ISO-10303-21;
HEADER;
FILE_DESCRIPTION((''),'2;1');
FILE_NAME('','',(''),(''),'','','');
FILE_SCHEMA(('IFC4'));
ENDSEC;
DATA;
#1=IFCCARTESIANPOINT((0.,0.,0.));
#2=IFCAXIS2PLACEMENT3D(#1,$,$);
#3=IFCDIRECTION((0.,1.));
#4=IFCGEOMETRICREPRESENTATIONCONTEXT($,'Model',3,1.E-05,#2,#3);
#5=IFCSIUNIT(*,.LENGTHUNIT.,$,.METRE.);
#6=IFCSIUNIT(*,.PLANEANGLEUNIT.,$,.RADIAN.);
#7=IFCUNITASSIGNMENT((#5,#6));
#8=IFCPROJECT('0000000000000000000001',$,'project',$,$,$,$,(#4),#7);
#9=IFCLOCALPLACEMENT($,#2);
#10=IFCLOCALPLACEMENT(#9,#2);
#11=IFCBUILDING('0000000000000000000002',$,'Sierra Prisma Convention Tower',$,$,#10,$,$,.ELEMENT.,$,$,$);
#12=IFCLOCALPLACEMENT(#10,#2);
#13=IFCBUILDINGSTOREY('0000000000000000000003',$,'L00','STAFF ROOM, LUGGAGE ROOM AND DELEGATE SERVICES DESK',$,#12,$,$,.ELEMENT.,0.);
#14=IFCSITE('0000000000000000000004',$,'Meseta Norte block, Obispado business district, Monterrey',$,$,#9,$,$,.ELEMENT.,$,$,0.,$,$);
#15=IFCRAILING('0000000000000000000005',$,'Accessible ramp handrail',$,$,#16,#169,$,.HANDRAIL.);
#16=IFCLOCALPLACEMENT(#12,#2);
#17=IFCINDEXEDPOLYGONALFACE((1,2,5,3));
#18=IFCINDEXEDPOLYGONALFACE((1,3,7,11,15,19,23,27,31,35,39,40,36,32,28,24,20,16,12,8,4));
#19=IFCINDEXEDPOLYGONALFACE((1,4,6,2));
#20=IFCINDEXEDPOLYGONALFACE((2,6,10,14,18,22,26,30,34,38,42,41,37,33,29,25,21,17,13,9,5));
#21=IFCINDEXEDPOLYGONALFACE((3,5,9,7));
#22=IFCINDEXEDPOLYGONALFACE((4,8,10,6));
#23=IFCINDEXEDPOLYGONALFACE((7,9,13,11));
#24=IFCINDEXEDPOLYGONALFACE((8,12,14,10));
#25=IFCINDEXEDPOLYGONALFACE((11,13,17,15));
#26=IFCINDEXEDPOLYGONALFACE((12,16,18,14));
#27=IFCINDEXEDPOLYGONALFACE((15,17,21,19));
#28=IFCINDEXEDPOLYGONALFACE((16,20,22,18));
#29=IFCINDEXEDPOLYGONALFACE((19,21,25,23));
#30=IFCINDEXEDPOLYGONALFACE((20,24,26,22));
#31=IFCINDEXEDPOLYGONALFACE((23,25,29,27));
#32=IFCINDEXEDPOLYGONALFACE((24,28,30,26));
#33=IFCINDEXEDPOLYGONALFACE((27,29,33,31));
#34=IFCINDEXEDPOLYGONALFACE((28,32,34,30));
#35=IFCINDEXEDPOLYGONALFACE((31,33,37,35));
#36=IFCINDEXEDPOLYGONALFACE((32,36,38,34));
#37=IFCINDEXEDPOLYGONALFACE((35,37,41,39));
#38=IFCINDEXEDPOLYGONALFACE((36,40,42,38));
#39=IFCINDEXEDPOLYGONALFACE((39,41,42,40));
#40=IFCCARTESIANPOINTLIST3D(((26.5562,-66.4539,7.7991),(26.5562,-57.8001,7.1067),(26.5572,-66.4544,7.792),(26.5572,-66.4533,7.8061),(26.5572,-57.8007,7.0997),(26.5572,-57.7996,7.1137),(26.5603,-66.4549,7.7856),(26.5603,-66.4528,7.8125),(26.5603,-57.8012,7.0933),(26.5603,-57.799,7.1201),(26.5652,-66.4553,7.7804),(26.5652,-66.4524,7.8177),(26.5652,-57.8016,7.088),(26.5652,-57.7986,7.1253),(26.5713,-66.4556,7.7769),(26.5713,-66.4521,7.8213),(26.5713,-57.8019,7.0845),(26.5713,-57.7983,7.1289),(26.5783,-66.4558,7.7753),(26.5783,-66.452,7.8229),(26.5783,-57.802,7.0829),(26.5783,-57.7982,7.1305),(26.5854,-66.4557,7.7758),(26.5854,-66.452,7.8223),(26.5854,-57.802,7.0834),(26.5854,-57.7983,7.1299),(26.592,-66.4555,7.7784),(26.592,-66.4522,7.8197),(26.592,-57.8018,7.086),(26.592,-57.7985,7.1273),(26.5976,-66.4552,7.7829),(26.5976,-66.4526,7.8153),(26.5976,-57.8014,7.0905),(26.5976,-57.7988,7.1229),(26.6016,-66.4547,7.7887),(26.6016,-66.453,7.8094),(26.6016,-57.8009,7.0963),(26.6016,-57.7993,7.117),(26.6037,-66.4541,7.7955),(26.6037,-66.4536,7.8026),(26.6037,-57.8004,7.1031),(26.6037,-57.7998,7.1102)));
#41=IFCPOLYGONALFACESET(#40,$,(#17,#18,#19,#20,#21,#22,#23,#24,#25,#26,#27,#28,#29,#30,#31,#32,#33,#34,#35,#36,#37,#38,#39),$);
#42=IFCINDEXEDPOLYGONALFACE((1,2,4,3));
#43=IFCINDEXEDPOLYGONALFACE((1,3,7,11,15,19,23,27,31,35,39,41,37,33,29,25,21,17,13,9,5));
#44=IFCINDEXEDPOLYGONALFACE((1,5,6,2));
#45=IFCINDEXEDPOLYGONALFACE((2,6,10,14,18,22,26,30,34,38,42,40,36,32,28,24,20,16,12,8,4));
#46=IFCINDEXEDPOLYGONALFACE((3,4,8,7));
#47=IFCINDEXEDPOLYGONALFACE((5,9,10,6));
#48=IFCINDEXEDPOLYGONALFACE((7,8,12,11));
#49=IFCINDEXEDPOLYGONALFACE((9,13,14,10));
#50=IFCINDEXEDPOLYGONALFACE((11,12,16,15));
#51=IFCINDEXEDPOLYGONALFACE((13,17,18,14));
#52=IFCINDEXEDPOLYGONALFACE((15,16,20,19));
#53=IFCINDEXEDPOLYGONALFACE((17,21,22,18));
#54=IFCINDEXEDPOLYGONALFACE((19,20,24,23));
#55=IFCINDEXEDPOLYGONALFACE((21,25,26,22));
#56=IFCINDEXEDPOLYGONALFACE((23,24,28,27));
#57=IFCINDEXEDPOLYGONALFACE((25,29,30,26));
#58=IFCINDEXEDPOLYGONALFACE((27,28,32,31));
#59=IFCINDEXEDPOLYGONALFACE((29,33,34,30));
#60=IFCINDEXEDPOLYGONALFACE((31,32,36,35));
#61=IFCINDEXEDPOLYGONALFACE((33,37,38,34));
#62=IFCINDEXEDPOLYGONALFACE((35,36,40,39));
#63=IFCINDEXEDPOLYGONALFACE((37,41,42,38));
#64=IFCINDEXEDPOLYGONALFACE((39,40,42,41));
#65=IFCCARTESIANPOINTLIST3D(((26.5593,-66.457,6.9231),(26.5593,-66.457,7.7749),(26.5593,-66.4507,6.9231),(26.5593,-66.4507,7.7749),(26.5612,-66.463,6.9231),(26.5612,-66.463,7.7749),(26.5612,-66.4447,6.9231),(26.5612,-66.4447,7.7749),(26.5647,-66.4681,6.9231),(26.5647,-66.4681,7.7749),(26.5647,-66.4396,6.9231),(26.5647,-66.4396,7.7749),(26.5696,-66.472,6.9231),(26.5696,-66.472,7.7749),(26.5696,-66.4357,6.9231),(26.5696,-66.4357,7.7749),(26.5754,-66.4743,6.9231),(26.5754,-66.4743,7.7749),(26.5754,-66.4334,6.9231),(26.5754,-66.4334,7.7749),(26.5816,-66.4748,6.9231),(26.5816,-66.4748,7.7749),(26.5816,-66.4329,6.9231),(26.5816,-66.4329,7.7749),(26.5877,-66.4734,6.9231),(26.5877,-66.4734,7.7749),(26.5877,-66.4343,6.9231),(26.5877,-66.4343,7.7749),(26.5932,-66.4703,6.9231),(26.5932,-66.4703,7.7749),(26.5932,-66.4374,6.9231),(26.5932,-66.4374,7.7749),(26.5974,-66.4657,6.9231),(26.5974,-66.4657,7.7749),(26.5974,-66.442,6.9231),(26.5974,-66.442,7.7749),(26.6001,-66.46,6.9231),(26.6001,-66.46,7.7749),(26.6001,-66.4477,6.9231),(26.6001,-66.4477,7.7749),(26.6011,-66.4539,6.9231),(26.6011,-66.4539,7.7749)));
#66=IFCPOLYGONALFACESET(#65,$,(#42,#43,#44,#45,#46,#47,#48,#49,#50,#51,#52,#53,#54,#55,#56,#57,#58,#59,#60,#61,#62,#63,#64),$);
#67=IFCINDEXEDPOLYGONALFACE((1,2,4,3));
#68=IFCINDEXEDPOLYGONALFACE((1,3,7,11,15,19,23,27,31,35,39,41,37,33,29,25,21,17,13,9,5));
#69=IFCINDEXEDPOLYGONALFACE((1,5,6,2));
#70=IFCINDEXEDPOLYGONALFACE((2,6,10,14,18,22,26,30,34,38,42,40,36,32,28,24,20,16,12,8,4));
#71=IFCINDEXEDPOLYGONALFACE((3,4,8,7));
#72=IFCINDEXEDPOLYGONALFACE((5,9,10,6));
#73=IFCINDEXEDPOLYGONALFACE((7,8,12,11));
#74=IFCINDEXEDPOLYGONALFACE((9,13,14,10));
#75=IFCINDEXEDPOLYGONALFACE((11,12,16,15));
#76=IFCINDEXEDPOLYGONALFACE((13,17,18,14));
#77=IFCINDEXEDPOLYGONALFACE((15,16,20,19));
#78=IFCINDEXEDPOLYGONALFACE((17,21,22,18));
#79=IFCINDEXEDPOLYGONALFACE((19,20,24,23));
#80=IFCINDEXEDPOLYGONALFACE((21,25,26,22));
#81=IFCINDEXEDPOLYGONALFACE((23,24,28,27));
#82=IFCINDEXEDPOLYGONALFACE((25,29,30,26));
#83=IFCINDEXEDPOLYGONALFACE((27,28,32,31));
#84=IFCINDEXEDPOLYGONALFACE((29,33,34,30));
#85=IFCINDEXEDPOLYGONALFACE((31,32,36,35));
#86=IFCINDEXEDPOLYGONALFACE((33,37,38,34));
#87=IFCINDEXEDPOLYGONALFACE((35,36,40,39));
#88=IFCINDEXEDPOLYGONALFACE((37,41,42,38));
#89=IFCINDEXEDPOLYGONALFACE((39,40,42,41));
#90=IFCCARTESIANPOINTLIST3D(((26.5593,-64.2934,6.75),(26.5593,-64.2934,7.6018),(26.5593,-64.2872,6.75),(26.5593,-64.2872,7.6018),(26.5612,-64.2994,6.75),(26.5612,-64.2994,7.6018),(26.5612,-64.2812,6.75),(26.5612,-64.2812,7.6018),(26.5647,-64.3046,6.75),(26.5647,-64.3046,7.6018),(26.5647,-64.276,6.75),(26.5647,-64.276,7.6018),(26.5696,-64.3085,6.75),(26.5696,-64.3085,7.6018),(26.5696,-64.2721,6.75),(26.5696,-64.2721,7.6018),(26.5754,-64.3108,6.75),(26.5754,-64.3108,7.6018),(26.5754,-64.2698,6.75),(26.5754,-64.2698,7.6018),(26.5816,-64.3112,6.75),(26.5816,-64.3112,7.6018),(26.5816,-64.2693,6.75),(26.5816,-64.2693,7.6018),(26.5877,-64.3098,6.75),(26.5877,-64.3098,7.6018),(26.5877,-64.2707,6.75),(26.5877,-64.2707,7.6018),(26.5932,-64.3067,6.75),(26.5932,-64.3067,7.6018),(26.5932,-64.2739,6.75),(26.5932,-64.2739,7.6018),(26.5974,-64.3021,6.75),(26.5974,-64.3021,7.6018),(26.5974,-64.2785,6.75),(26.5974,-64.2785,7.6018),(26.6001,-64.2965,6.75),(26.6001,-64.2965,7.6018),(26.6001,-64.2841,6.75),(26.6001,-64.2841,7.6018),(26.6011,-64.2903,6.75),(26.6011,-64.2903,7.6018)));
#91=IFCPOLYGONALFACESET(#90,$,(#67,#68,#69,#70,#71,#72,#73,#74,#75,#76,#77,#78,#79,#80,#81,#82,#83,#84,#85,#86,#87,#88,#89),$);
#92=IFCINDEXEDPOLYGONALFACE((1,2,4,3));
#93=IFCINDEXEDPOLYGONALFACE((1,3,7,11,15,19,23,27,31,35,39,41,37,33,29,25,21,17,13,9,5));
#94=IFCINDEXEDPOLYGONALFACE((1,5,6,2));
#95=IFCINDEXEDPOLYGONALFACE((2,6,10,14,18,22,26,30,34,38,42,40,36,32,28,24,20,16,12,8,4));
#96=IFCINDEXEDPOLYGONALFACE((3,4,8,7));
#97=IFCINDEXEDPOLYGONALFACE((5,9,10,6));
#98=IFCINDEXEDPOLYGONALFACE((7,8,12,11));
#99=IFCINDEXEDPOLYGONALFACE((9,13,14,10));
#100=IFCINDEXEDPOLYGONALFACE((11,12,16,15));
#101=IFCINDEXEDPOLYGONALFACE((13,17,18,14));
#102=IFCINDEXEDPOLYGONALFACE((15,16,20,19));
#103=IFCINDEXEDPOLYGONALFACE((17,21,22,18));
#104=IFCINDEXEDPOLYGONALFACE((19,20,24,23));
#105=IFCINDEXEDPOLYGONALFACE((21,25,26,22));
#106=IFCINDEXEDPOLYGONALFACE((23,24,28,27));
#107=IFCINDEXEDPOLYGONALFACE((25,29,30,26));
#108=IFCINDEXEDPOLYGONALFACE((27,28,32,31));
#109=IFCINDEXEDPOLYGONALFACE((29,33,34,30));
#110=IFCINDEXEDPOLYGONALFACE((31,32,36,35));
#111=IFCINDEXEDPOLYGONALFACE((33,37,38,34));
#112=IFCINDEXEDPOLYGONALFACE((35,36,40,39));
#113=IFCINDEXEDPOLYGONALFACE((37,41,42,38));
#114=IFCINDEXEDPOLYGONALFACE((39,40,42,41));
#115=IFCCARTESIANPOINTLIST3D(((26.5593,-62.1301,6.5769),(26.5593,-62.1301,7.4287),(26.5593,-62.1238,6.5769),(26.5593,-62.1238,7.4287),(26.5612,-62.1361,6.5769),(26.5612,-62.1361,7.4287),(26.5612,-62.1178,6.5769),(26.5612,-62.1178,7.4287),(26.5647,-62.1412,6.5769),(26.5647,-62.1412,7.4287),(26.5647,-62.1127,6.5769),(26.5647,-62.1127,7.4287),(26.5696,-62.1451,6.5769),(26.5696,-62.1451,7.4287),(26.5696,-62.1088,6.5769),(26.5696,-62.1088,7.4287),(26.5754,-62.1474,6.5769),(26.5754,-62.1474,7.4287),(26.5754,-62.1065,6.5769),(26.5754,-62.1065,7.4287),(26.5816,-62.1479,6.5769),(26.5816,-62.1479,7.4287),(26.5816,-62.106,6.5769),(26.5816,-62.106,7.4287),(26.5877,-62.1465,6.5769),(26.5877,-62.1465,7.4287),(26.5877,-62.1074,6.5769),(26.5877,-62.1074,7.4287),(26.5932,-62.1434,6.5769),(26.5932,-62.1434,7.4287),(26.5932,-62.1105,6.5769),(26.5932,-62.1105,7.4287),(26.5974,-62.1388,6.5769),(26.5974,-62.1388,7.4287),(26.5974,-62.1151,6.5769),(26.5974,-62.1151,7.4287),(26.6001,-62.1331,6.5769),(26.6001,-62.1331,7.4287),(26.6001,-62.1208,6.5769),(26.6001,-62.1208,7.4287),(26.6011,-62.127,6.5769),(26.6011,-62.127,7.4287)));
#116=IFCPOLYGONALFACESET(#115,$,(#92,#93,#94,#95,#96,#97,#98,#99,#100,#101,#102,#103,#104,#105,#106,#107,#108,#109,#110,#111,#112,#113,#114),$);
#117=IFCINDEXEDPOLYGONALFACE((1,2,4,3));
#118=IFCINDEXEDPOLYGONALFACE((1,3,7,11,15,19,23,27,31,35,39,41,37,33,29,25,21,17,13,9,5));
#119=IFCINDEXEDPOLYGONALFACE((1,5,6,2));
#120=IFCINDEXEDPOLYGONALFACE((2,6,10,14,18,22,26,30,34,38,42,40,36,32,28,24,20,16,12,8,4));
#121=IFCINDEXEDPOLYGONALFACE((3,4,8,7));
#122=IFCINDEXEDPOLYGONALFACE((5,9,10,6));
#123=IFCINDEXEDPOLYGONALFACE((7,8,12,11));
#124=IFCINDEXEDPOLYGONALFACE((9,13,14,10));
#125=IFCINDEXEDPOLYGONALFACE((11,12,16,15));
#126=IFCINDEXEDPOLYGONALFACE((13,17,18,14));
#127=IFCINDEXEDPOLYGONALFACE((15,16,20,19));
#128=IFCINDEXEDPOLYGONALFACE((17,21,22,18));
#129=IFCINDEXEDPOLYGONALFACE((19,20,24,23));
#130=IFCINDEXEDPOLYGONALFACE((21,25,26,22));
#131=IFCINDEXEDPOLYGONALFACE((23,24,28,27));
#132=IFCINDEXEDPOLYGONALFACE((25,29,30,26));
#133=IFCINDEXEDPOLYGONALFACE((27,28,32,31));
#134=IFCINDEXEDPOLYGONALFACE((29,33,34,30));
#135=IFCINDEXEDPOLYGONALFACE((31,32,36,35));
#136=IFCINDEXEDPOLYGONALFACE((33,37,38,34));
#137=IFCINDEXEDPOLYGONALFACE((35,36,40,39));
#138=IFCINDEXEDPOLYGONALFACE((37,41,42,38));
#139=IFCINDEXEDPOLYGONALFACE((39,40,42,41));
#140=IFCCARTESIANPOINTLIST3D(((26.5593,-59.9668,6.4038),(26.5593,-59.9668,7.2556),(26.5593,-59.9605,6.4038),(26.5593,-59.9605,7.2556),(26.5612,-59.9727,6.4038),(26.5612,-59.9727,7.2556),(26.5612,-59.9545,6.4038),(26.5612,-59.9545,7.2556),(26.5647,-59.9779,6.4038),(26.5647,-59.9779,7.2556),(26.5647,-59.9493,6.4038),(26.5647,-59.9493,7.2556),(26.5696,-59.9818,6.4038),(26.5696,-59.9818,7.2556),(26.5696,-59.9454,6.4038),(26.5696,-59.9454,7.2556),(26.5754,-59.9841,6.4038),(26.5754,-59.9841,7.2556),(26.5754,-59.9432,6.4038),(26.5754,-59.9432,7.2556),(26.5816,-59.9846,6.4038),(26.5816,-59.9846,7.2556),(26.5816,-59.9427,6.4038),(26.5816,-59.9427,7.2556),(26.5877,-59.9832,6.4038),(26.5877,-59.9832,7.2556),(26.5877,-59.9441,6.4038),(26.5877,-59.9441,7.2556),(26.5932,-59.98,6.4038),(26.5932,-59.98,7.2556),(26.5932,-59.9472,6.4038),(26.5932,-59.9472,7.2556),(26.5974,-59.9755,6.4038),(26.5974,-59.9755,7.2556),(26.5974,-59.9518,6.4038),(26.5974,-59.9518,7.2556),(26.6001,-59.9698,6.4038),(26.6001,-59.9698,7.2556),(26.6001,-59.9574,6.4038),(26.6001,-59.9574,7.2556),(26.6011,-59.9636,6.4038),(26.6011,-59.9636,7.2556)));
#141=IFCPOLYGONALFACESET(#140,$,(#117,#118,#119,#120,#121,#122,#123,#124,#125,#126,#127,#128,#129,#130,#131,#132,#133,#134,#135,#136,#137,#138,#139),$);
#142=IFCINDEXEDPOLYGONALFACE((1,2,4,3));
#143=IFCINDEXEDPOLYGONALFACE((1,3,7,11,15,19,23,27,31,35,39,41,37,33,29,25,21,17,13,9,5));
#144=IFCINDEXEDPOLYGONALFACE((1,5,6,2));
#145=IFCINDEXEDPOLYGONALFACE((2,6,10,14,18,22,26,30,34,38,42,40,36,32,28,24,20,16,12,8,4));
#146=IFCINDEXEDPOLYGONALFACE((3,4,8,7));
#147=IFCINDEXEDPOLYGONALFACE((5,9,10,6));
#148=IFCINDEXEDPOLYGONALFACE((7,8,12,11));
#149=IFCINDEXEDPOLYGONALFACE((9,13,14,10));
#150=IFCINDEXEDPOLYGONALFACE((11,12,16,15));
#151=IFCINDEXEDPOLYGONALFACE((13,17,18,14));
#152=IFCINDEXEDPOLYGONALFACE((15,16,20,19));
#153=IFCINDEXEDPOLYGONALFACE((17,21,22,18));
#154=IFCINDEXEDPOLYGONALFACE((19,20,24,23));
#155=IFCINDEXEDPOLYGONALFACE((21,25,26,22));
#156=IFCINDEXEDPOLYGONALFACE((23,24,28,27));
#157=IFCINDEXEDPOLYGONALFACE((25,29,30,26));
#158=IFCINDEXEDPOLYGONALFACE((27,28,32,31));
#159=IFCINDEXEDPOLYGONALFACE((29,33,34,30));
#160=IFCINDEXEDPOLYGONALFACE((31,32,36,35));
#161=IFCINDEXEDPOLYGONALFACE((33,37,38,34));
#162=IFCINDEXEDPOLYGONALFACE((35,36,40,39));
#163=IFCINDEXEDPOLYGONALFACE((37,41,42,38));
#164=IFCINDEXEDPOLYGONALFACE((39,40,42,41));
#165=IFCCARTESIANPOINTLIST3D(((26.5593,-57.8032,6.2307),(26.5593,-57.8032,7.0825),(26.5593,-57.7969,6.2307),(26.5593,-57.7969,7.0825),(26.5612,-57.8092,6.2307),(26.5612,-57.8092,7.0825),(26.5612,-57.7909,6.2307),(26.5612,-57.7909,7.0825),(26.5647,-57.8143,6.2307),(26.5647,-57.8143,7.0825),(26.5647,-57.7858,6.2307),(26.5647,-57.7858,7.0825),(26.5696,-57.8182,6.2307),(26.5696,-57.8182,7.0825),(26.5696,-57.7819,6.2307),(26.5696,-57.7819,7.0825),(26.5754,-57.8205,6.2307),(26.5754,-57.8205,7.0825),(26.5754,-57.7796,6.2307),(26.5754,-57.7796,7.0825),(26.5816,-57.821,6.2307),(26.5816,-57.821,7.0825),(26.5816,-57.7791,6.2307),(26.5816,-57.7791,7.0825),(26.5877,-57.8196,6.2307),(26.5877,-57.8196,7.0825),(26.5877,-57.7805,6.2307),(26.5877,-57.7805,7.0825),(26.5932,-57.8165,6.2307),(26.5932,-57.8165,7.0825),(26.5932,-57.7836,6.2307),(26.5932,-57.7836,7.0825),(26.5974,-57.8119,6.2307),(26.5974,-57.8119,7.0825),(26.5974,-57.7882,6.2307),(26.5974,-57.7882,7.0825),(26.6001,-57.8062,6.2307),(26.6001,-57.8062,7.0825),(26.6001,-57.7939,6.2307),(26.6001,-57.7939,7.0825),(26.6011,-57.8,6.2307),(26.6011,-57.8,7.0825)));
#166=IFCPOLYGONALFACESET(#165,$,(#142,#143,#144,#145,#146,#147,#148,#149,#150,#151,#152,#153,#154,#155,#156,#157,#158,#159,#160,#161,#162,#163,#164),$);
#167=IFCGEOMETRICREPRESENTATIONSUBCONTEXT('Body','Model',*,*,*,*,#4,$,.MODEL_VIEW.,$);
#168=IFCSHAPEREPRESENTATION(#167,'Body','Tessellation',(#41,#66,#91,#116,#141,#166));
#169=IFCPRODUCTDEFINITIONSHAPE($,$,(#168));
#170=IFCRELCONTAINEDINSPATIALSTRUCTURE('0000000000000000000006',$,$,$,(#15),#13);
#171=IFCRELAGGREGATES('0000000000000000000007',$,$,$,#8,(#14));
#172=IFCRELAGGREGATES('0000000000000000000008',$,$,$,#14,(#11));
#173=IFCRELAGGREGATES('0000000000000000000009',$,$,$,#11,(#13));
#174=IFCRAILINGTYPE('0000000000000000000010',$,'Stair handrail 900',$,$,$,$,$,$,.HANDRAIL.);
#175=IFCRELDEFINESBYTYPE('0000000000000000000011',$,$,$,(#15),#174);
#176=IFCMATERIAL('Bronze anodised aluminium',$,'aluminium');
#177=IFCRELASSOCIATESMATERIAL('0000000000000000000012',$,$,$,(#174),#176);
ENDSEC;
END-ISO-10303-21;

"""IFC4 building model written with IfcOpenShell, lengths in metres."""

from ifc_helpers import new_model, si_unit, direction, frame, origin, origin_2d, place, context, subcontext, project, spatial, circle, extrude, material, type_object, element, save


model = new_model("IFC4")

# Units and contexts
model_context = context("Model", 3, precision=1e-05, world=origin(), true_north=direction((0.0, 1.0)))
body_context = subcontext(model_context, "Body", "Model", "MODEL_VIEW")
ifc_project = project(units=[si_unit("LENGTHUNIT", "METRE"), si_unit("PLANEANGLEUNIT", "RADIAN")], contexts=[model_context])

# Site, building, storey
site_placement = place(None, origin())
site = spatial("IfcSite", under=ifc_project, at=site_placement, Name="Meseta Norte block, Obispado business district, Monterrey", CompositionType="ELEMENT", RefElevation=0.0)
building_placement = place(site_placement, origin())
building = spatial("IfcBuilding", under=site, at=building_placement, Name="Sierra Prisma Convention Tower", CompositionType="ELEMENT")
storey_placement = place(building_placement, origin())
storey = spatial("IfcBuildingStorey", under=building, at=storey_placement, Name="L00", Description="STAFF ROOM, LUGGAGE ROOM AND DELEGATE SERVICES DESK", CompositionType="ELEMENT", Elevation=0.0)

# Railing
ifc_material_1 = material(Name="Bronze anodised aluminium", Category="aluminium")
railing_type_1 = type_object("IfcRailingType", Name="Stair handrail 900", PredefinedType="HANDRAIL", material=ifc_material_1)
railing_placement = place(storey_placement, frame((26.5801, -66.4539, 6.9231)))
element("IfcRailing", 1, at=railing_placement, inside=storey, type_object=railing_type_1, Name="Accessible ramp handrail", PredefinedType="HANDRAIL", context=body_context, shape_type="SweptSolid", body=[
    extrude(circle(Radius=0.0239, at=origin_2d()), frame((0.0, 0.0, 0.876), z_axis=(0.0, 0.996815, -0.079754), x_axis=(-1.0, 0.0, 0.0)), (0.0, 0.0, 1.0), 8.6814),
    extrude(circle(Radius=0.021, at=origin_2d()), origin(), (0.0, 0.0, 1.0), 0.8518),
    extrude(circle(Radius=0.021, at=origin_2d()), frame((0.0, 2.1636, -0.1731)), (0.0, 0.0, 1.0), 0.8518),
    extrude(circle(Radius=0.021, at=origin_2d()), frame((0.0, 4.3269, -0.3462)), (0.0, 0.0, 1.0), 0.8518),
    extrude(circle(Radius=0.021, at=origin_2d()), frame((0.0, 6.4902, -0.5193)), (0.0, 0.0, 1.0), 0.8518),
    extrude(circle(Radius=0.021, at=origin_2d()), frame((0.0, 8.6538, -0.6924)), (0.0, 0.0, 1.0), 0.8518),
])

save(model, "model.ifc")
